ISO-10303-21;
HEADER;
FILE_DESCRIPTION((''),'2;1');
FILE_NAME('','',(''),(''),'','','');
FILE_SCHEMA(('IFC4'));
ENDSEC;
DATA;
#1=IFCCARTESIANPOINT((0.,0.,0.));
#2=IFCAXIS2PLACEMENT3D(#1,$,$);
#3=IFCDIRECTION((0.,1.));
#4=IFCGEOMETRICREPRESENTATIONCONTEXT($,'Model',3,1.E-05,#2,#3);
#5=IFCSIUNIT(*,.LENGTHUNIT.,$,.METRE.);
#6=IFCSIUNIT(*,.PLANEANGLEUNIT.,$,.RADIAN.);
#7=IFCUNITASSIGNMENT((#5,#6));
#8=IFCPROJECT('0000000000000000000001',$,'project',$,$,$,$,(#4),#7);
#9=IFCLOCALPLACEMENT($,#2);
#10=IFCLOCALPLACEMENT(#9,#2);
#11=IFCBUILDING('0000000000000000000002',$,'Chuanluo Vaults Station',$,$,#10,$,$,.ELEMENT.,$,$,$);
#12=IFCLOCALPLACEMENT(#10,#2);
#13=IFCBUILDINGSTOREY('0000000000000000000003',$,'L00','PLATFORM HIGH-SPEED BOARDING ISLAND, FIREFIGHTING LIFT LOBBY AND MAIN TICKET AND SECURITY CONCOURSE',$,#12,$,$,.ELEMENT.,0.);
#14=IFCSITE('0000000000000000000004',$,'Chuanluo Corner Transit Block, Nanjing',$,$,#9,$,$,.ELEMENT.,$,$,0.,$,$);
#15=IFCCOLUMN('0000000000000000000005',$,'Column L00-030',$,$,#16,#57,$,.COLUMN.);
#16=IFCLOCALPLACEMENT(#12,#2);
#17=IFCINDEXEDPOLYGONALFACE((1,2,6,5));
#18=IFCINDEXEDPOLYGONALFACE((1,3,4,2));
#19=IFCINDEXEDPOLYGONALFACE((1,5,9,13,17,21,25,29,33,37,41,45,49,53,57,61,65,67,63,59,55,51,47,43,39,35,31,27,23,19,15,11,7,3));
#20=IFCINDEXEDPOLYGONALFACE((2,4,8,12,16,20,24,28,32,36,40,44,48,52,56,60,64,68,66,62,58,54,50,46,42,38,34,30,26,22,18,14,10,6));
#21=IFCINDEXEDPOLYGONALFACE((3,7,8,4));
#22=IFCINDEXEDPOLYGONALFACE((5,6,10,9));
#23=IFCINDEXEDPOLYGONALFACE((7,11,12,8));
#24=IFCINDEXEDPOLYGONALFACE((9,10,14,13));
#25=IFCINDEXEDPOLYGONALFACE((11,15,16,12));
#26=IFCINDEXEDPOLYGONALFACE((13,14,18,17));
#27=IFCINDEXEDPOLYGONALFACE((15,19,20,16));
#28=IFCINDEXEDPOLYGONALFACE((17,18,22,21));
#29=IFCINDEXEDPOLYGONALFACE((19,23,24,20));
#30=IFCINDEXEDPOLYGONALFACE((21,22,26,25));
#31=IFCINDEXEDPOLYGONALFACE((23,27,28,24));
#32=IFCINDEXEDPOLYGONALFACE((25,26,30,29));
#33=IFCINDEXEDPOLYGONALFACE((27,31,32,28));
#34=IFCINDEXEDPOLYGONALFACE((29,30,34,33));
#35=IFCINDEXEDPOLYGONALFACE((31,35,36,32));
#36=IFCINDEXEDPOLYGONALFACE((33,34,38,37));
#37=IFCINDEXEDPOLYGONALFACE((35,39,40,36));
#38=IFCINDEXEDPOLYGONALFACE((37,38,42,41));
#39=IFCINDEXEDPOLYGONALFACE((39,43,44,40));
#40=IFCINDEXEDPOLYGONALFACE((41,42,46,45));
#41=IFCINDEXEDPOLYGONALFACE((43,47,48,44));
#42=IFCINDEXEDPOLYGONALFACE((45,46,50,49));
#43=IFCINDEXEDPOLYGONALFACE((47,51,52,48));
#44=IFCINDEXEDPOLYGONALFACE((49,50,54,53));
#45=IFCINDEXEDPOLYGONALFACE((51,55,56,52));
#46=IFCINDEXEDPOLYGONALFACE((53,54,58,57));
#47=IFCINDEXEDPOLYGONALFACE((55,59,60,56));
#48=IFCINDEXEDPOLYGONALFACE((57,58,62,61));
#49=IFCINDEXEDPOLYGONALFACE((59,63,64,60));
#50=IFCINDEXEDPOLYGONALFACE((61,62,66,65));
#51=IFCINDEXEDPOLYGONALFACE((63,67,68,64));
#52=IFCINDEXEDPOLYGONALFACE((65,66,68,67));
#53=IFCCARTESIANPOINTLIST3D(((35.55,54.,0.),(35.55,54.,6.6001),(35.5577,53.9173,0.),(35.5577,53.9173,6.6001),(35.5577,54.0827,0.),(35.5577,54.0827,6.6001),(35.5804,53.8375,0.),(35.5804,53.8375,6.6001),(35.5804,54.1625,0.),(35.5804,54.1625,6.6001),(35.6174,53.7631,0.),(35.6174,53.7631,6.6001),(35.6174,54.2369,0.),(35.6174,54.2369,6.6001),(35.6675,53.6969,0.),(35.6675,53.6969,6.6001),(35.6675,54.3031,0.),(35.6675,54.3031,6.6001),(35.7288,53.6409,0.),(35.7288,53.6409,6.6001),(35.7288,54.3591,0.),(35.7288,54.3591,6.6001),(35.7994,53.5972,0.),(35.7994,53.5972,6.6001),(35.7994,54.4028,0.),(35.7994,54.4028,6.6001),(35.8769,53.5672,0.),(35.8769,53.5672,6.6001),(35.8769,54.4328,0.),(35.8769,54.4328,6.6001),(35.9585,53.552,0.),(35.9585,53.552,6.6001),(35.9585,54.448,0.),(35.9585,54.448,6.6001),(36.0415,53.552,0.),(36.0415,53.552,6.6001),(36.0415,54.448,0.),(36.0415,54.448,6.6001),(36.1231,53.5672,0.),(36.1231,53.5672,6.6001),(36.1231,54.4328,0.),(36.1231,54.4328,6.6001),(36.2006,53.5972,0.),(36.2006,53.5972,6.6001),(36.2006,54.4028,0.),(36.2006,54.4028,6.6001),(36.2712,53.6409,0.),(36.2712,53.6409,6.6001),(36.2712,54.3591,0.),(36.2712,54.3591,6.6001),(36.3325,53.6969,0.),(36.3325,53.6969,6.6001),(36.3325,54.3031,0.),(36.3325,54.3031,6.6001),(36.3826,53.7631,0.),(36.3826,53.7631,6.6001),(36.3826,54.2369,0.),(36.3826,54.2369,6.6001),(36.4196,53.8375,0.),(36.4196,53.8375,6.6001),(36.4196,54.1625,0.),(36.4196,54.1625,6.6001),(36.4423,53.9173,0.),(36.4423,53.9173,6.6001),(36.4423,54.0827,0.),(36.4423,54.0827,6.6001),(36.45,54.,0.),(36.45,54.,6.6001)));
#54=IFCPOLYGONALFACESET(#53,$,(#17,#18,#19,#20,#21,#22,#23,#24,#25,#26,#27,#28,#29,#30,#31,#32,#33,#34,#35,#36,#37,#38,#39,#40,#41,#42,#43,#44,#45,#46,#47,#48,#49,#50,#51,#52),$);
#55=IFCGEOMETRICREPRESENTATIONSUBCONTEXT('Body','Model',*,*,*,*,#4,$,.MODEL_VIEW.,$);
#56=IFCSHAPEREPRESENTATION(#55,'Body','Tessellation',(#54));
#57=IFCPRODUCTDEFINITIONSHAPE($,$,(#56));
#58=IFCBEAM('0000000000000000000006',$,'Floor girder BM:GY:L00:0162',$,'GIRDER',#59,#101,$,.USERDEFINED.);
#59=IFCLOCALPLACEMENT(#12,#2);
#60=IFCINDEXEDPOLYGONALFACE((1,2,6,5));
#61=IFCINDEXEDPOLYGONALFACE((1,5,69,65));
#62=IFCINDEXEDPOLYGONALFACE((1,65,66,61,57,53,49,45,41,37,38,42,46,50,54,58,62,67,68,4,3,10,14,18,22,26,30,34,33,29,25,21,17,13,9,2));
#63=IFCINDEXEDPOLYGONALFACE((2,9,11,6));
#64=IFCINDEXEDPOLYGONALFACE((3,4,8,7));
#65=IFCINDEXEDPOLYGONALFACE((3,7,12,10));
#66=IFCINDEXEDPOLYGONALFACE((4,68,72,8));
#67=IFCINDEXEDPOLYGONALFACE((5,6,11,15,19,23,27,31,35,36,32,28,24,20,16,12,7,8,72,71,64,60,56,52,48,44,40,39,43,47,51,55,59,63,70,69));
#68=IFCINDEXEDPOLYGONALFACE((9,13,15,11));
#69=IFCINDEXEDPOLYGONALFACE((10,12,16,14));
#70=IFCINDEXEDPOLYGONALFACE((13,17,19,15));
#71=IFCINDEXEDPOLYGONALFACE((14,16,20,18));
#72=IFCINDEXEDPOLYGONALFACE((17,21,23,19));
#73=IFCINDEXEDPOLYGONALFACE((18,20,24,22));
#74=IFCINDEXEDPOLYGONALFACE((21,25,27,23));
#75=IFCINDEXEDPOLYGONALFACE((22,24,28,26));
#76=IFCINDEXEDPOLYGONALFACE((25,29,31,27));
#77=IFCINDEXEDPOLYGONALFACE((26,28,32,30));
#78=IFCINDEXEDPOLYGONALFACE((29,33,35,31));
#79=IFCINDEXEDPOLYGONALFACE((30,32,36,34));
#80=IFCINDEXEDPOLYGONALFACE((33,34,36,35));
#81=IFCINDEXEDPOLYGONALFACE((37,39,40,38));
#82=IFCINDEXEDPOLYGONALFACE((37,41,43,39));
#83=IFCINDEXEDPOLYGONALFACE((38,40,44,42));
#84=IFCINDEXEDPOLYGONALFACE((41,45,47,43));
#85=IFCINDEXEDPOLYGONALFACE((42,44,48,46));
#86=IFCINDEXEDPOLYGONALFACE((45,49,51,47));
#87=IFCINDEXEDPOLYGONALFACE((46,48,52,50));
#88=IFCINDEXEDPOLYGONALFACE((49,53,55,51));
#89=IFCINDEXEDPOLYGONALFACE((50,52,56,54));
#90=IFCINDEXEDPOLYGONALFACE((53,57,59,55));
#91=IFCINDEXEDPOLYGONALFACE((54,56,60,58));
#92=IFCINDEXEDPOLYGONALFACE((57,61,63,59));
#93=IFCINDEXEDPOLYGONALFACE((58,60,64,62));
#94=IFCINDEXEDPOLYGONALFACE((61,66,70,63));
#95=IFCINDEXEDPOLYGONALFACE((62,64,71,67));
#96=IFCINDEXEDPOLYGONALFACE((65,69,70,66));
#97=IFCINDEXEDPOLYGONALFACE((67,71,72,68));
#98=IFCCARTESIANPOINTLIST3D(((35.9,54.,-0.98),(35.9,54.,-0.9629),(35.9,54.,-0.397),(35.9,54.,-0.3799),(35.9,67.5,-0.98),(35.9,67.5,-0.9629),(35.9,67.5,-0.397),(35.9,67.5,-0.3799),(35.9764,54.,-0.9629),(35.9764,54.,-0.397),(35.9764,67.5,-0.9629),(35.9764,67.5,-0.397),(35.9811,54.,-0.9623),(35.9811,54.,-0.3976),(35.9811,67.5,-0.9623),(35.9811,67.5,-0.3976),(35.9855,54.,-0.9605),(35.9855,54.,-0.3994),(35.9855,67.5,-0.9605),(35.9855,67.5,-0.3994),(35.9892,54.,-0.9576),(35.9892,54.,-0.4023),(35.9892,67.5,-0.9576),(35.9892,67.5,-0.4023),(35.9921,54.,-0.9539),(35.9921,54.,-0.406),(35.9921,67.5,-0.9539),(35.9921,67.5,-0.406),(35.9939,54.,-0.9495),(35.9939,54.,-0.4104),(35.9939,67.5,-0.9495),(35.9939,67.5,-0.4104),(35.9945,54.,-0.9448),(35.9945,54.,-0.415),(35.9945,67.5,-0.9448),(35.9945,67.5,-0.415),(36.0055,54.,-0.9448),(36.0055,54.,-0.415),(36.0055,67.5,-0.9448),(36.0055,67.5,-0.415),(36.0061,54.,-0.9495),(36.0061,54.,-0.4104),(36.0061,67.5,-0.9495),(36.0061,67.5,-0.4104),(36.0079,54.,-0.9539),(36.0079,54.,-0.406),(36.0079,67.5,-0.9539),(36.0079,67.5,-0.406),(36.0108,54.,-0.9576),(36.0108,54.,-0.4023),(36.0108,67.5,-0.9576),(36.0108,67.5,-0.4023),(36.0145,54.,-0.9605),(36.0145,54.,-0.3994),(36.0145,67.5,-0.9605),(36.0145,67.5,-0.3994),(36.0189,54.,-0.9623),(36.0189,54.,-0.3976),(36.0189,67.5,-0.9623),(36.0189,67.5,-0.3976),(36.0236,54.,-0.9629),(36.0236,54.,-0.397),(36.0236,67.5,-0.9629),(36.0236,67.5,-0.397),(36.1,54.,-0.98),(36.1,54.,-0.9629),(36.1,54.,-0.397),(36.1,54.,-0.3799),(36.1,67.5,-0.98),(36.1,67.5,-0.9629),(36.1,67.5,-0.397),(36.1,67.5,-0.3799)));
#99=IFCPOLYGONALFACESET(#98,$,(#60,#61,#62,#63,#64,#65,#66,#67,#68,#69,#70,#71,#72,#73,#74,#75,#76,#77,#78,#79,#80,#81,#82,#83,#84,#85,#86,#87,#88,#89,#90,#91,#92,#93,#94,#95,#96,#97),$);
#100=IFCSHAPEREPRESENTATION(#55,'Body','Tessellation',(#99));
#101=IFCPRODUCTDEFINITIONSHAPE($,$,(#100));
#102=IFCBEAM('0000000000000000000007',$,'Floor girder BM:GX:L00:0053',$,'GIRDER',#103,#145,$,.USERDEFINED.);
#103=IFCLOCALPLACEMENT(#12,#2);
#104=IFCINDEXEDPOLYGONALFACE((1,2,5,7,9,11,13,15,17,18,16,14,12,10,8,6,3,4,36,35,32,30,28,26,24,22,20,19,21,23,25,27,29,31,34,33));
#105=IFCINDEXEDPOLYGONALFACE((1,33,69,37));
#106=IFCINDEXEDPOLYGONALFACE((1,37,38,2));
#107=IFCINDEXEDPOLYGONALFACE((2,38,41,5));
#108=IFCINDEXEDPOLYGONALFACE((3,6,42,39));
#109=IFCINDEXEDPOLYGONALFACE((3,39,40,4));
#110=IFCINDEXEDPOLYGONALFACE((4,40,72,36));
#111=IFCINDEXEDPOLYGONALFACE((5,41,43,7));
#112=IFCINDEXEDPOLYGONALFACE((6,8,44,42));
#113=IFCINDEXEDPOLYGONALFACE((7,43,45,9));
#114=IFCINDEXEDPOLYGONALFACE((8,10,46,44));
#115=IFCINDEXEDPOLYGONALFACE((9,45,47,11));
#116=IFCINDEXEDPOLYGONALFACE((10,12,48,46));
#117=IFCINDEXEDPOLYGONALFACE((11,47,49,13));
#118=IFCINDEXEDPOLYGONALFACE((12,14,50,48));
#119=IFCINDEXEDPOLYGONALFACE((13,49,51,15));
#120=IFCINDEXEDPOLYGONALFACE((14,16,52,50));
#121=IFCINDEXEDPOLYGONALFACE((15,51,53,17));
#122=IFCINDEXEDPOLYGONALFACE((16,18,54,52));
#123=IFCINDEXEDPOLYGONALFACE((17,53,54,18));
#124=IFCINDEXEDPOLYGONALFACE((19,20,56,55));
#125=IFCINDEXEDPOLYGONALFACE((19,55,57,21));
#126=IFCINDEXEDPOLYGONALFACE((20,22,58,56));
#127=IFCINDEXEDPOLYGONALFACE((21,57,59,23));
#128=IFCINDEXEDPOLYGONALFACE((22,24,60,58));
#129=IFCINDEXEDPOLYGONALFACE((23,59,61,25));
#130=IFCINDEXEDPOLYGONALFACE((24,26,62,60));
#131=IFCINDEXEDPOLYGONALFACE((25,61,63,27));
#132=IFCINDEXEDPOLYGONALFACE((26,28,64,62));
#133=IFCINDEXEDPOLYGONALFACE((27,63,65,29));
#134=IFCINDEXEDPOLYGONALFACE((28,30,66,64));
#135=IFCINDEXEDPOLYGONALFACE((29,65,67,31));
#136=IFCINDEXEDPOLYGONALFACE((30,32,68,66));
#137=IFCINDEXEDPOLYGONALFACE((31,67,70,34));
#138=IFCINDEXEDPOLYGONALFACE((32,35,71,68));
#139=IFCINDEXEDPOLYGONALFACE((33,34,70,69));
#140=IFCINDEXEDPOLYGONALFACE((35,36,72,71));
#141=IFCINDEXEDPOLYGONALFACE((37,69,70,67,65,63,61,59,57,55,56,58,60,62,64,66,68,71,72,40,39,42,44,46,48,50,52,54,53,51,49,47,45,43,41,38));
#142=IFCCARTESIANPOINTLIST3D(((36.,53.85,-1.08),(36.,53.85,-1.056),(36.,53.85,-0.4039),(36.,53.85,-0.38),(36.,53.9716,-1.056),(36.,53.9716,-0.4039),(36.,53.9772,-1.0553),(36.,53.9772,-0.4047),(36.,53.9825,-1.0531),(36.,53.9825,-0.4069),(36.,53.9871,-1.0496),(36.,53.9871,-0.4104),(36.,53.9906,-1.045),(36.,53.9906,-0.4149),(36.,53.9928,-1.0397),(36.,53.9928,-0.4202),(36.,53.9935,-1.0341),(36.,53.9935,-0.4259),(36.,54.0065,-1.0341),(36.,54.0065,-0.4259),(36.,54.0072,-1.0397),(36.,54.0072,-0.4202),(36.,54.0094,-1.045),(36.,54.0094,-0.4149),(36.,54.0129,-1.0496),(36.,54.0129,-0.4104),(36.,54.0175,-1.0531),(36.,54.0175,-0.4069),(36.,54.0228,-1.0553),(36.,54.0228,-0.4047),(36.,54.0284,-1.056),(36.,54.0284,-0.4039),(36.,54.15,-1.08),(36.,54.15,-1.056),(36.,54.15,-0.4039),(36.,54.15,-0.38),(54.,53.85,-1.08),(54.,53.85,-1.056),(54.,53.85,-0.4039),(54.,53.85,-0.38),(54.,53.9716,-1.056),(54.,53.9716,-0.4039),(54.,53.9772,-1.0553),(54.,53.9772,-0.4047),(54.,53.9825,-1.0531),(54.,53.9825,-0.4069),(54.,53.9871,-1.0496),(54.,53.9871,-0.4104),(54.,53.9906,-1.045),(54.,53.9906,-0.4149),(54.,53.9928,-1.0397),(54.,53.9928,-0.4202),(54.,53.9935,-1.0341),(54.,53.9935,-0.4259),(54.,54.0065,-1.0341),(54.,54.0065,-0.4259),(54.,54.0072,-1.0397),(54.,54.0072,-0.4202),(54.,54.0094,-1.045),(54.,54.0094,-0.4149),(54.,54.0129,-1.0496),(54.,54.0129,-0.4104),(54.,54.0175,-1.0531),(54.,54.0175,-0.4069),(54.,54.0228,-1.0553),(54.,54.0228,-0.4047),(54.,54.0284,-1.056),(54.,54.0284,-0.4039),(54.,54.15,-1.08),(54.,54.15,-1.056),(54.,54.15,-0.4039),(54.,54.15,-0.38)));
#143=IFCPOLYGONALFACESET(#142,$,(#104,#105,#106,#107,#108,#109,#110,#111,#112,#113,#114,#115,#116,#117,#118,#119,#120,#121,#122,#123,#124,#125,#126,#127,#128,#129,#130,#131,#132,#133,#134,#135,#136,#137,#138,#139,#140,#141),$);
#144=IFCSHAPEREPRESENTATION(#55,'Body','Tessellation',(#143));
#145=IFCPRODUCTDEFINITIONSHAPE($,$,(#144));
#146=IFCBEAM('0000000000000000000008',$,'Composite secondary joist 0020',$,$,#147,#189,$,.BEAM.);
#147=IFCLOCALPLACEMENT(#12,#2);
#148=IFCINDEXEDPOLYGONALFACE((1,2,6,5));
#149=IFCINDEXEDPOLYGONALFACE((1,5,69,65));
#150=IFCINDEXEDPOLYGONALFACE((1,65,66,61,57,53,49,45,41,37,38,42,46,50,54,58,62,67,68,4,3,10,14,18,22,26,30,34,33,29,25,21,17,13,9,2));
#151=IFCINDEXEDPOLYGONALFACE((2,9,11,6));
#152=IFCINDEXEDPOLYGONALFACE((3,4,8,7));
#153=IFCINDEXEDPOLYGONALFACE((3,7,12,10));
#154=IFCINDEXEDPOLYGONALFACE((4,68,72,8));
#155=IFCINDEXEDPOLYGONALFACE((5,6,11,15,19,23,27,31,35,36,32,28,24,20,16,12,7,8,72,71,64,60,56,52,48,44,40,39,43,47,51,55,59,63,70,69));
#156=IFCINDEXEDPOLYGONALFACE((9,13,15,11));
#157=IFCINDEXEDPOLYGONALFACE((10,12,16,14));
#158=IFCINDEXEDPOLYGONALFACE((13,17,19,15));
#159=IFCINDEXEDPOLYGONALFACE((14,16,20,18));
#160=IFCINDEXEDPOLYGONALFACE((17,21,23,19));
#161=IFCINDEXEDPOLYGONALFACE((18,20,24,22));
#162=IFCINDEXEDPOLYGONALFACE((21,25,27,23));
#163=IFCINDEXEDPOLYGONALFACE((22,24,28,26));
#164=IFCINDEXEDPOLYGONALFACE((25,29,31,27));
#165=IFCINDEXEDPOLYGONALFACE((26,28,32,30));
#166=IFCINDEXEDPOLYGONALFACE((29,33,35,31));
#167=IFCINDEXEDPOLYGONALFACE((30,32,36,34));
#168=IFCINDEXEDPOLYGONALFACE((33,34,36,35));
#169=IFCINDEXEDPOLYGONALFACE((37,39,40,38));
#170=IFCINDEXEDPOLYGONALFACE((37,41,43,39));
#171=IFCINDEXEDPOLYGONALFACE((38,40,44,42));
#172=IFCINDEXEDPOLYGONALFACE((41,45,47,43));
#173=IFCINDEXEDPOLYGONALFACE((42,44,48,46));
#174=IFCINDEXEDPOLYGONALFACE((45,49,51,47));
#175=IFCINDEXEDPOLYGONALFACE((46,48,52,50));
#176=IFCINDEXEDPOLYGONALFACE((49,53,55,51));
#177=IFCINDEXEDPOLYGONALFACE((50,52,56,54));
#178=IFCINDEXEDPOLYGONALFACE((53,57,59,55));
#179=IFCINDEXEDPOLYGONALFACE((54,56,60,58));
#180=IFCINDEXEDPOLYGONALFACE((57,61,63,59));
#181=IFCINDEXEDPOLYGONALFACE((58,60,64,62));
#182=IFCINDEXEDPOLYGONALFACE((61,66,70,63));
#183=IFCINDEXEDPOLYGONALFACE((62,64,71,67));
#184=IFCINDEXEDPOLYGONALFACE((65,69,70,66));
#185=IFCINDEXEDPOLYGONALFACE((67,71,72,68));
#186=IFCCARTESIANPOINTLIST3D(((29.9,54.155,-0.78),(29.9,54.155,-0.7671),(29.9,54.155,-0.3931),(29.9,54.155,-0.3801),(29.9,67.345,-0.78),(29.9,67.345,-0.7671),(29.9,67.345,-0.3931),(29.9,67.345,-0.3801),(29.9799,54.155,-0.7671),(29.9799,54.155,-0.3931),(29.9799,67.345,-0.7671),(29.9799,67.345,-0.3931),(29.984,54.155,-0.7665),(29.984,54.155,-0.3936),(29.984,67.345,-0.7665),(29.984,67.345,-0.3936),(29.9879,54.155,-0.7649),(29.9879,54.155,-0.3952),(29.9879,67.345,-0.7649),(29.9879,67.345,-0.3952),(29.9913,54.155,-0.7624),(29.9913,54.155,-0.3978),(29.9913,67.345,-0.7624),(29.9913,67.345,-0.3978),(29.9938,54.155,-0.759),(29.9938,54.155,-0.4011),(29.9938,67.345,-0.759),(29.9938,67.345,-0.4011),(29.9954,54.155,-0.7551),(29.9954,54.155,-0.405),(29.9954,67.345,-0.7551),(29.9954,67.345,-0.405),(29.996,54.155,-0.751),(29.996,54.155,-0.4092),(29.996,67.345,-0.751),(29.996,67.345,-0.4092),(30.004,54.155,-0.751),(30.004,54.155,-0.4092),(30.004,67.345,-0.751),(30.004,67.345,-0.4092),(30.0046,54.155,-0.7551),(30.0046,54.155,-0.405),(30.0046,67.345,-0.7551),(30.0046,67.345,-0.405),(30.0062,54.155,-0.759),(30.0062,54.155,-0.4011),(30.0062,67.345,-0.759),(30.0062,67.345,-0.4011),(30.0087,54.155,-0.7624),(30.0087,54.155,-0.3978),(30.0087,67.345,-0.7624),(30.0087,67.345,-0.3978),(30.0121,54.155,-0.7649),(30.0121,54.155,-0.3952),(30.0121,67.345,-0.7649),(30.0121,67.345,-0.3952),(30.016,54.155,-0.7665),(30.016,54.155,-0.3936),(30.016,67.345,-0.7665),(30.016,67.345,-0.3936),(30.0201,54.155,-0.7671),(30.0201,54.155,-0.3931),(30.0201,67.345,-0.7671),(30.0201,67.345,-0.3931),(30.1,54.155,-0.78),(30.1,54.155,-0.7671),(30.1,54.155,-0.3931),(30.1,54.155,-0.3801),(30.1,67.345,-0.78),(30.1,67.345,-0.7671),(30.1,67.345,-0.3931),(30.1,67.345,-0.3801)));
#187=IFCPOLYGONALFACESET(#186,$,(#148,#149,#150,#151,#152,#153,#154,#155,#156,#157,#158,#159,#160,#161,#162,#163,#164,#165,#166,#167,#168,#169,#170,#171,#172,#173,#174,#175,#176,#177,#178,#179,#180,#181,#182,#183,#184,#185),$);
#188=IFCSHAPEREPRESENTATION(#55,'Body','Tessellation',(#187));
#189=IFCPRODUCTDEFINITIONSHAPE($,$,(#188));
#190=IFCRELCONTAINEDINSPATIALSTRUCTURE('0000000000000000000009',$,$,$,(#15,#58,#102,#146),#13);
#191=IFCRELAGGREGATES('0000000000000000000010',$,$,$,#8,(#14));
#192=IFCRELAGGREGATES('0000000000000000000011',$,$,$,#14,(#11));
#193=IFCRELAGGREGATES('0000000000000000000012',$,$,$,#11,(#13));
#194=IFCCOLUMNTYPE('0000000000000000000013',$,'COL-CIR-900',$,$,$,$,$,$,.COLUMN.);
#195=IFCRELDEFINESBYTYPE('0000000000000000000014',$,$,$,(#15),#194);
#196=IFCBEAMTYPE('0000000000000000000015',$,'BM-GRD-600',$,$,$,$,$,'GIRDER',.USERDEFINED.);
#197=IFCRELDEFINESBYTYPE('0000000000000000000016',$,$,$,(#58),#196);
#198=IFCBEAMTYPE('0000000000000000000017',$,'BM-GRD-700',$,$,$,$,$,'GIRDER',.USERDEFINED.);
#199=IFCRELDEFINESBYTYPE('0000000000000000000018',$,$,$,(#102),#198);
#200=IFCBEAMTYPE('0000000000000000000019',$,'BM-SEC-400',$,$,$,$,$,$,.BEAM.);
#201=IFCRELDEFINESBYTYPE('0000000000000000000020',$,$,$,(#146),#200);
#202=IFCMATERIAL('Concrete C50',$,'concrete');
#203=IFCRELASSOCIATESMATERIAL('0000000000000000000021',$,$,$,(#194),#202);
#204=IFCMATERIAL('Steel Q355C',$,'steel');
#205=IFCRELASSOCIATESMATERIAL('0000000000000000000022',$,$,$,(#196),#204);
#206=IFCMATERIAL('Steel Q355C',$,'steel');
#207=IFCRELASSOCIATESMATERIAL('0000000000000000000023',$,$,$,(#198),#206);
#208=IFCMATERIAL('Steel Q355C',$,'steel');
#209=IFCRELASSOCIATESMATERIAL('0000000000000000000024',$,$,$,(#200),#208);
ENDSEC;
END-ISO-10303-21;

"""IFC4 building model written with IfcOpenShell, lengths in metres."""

from ifc_helpers import new_model, si_unit, direction, frame, origin, origin_2d, place, context, subcontext, project, spatial, circle, i_section, extrude, material, material_profile, profile_set, type_object, element, save


model = new_model("IFC4")

# Units and contexts
model_context = context("Model", 3, precision=1e-05, world=origin(), true_north=direction((0.0, 1.0)))
body_context = subcontext(model_context, "Body", "Model", "MODEL_VIEW")
ifc_project = project(units=[si_unit("LENGTHUNIT", "METRE"), si_unit("PLANEANGLEUNIT", "RADIAN")], contexts=[model_context])

# Site, building, storey
site_placement = place(None, origin())
site = spatial("IfcSite", under=ifc_project, at=site_placement, Name="Chuanluo Corner Transit Block, Nanjing", CompositionType="ELEMENT", RefElevation=0.0)
building_placement = place(site_placement, origin())
building = spatial("IfcBuilding", under=site, at=building_placement, Name="Chuanluo Vaults Station", CompositionType="ELEMENT")
storey_placement = place(building_placement, origin())
storey = spatial("IfcBuildingStorey", under=building, at=storey_placement, Name="L00", Description="PLATFORM HIGH-SPEED BOARDING ISLAND, FIREFIGHTING LIFT LOBBY AND MAIN TICKET AND SECURITY CONCOURSE", CompositionType="ELEMENT", Elevation=0.0)

# Column
ifc_material_1 = material(Name="Concrete C50", Category="concrete")
ifc_material_profile_1 = material_profile(ifc_material_1, circle(Radius=0.45, at=origin_2d()))
ifc_profile_set_1 = profile_set([ifc_material_profile_1], Name="Concrete C50")
column_type = type_object("IfcColumnType", Name="COL-CIR-900", PredefinedType="COLUMN", material=ifc_profile_set_1)
column_placement = place(storey_placement, frame((36.0, 54.0, 0.0), z_axis=(0.0, 0.0, 1.0), x_axis=(1.0, 0.0, 0.0)))
element("IfcColumn", 1, at=column_placement, inside=storey, type_object=column_type, Name="Column L00-030", PredefinedType="COLUMN", context=body_context, shape_type="SweptSolid", body=[
    extrude(circle(Radius=0.45, at=origin_2d()), origin(), (0.0, 0.0, 1.0), 6.6001),
])

# Beams
ifc_material_2 = material(Name="Steel Q355C", Category="steel")
ifc_material_profile_2 = material_profile(ifc_material_2, i_section(OverallWidth=0.2, OverallDepth=0.6001, WebThickness=0.011, FlangeThickness=0.0171, FilletRadius=0.0181, at=origin_2d()))
ifc_profile_set_2 = profile_set([ifc_material_profile_2], Name="Steel Q355C")
beam_type_1 = type_object("IfcBeamType", Name="BM-GRD-600", ElementType="GIRDER", PredefinedType="USERDEFINED", material=ifc_profile_set_2)
beam_1_placement = place(storey_placement, frame((36.0, 54.0, -0.6799), z_axis=(0.0, 1.0, 0.0), x_axis=(-1.0, 0.0, 0.0)))
element("IfcBeam", 2, at=beam_1_placement, inside=storey, type_object=beam_type_1, Name="Floor girder BM:GY:L00:0162", ObjectType="GIRDER", PredefinedType="USERDEFINED", context=body_context, shape_type="SweptSolid", body=[
    extrude(i_section(OverallWidth=0.2, OverallDepth=0.6001, WebThickness=0.011, FlangeThickness=0.0171, FilletRadius=0.0181, at=origin_2d()), origin(), (0.0, 0.0, 1.0), 13.5),
])
ifc_material_3 = material(Name="Steel Q355C", Category="steel")
ifc_material_profile_3 = material_profile(ifc_material_3, i_section(OverallWidth=0.3, OverallDepth=0.7, WebThickness=0.0129, FlangeThickness=0.0239, FilletRadius=0.022, at=origin_2d()))
ifc_profile_set_3 = profile_set([ifc_material_profile_3], Name="Steel Q355C")
beam_type_2 = type_object("IfcBeamType", Name="BM-GRD-700", ElementType="GIRDER", PredefinedType="USERDEFINED", material=ifc_profile_set_3)
beam_2_placement = place(storey_placement, frame((36.0, 54.0, -0.73), z_axis=(1.0, 0.0, 0.0), x_axis=(0.0, 1.0, 0.0)))
element("IfcBeam", 3, at=beam_2_placement, inside=storey, type_object=beam_type_2, Name="Floor girder BM:GX:L00:0053", ObjectType="GIRDER", PredefinedType="USERDEFINED", context=body_context, shape_type="SweptSolid", body=[
    extrude(i_section(OverallWidth=0.3, OverallDepth=0.7, WebThickness=0.0129, FlangeThickness=0.0239, FilletRadius=0.022, at=origin_2d()), origin(), (0.0, 0.0, 1.0), 18.0),
])
ifc_material_4 = material(Name="Steel Q355C", Category="steel")
ifc_material_profile_4 = material_profile(ifc_material_4, i_section(OverallWidth=0.2, OverallDepth=0.3999, WebThickness=0.0081, FlangeThickness=0.0129, FilletRadius=0.0161, at=origin_2d()))
ifc_profile_set_4 = profile_set([ifc_material_profile_4], Name="Steel Q355C")
beam_type_3 = type_object("IfcBeamType", Name="BM-SEC-400", PredefinedType="BEAM", material=ifc_profile_set_4)
beam_3_placement = place(storey_placement, frame((30.0, 54.155, -0.5801), z_axis=(0.0, 1.0, 0.0), x_axis=(-1.0, 0.0, 0.0)))
element("IfcBeam", 4, at=beam_3_placement, inside=storey, type_object=beam_type_3, Name="Composite secondary joist 0020", PredefinedType="BEAM", context=body_context, shape_type="SweptSolid", body=[
    extrude(i_section(OverallWidth=0.2, OverallDepth=0.3999, WebThickness=0.0081, FlangeThickness=0.0129, FilletRadius=0.0161, at=origin_2d()), origin(), (0.0, 0.0, 1.0), 13.1899),
])

save(model, "model.ifc")
